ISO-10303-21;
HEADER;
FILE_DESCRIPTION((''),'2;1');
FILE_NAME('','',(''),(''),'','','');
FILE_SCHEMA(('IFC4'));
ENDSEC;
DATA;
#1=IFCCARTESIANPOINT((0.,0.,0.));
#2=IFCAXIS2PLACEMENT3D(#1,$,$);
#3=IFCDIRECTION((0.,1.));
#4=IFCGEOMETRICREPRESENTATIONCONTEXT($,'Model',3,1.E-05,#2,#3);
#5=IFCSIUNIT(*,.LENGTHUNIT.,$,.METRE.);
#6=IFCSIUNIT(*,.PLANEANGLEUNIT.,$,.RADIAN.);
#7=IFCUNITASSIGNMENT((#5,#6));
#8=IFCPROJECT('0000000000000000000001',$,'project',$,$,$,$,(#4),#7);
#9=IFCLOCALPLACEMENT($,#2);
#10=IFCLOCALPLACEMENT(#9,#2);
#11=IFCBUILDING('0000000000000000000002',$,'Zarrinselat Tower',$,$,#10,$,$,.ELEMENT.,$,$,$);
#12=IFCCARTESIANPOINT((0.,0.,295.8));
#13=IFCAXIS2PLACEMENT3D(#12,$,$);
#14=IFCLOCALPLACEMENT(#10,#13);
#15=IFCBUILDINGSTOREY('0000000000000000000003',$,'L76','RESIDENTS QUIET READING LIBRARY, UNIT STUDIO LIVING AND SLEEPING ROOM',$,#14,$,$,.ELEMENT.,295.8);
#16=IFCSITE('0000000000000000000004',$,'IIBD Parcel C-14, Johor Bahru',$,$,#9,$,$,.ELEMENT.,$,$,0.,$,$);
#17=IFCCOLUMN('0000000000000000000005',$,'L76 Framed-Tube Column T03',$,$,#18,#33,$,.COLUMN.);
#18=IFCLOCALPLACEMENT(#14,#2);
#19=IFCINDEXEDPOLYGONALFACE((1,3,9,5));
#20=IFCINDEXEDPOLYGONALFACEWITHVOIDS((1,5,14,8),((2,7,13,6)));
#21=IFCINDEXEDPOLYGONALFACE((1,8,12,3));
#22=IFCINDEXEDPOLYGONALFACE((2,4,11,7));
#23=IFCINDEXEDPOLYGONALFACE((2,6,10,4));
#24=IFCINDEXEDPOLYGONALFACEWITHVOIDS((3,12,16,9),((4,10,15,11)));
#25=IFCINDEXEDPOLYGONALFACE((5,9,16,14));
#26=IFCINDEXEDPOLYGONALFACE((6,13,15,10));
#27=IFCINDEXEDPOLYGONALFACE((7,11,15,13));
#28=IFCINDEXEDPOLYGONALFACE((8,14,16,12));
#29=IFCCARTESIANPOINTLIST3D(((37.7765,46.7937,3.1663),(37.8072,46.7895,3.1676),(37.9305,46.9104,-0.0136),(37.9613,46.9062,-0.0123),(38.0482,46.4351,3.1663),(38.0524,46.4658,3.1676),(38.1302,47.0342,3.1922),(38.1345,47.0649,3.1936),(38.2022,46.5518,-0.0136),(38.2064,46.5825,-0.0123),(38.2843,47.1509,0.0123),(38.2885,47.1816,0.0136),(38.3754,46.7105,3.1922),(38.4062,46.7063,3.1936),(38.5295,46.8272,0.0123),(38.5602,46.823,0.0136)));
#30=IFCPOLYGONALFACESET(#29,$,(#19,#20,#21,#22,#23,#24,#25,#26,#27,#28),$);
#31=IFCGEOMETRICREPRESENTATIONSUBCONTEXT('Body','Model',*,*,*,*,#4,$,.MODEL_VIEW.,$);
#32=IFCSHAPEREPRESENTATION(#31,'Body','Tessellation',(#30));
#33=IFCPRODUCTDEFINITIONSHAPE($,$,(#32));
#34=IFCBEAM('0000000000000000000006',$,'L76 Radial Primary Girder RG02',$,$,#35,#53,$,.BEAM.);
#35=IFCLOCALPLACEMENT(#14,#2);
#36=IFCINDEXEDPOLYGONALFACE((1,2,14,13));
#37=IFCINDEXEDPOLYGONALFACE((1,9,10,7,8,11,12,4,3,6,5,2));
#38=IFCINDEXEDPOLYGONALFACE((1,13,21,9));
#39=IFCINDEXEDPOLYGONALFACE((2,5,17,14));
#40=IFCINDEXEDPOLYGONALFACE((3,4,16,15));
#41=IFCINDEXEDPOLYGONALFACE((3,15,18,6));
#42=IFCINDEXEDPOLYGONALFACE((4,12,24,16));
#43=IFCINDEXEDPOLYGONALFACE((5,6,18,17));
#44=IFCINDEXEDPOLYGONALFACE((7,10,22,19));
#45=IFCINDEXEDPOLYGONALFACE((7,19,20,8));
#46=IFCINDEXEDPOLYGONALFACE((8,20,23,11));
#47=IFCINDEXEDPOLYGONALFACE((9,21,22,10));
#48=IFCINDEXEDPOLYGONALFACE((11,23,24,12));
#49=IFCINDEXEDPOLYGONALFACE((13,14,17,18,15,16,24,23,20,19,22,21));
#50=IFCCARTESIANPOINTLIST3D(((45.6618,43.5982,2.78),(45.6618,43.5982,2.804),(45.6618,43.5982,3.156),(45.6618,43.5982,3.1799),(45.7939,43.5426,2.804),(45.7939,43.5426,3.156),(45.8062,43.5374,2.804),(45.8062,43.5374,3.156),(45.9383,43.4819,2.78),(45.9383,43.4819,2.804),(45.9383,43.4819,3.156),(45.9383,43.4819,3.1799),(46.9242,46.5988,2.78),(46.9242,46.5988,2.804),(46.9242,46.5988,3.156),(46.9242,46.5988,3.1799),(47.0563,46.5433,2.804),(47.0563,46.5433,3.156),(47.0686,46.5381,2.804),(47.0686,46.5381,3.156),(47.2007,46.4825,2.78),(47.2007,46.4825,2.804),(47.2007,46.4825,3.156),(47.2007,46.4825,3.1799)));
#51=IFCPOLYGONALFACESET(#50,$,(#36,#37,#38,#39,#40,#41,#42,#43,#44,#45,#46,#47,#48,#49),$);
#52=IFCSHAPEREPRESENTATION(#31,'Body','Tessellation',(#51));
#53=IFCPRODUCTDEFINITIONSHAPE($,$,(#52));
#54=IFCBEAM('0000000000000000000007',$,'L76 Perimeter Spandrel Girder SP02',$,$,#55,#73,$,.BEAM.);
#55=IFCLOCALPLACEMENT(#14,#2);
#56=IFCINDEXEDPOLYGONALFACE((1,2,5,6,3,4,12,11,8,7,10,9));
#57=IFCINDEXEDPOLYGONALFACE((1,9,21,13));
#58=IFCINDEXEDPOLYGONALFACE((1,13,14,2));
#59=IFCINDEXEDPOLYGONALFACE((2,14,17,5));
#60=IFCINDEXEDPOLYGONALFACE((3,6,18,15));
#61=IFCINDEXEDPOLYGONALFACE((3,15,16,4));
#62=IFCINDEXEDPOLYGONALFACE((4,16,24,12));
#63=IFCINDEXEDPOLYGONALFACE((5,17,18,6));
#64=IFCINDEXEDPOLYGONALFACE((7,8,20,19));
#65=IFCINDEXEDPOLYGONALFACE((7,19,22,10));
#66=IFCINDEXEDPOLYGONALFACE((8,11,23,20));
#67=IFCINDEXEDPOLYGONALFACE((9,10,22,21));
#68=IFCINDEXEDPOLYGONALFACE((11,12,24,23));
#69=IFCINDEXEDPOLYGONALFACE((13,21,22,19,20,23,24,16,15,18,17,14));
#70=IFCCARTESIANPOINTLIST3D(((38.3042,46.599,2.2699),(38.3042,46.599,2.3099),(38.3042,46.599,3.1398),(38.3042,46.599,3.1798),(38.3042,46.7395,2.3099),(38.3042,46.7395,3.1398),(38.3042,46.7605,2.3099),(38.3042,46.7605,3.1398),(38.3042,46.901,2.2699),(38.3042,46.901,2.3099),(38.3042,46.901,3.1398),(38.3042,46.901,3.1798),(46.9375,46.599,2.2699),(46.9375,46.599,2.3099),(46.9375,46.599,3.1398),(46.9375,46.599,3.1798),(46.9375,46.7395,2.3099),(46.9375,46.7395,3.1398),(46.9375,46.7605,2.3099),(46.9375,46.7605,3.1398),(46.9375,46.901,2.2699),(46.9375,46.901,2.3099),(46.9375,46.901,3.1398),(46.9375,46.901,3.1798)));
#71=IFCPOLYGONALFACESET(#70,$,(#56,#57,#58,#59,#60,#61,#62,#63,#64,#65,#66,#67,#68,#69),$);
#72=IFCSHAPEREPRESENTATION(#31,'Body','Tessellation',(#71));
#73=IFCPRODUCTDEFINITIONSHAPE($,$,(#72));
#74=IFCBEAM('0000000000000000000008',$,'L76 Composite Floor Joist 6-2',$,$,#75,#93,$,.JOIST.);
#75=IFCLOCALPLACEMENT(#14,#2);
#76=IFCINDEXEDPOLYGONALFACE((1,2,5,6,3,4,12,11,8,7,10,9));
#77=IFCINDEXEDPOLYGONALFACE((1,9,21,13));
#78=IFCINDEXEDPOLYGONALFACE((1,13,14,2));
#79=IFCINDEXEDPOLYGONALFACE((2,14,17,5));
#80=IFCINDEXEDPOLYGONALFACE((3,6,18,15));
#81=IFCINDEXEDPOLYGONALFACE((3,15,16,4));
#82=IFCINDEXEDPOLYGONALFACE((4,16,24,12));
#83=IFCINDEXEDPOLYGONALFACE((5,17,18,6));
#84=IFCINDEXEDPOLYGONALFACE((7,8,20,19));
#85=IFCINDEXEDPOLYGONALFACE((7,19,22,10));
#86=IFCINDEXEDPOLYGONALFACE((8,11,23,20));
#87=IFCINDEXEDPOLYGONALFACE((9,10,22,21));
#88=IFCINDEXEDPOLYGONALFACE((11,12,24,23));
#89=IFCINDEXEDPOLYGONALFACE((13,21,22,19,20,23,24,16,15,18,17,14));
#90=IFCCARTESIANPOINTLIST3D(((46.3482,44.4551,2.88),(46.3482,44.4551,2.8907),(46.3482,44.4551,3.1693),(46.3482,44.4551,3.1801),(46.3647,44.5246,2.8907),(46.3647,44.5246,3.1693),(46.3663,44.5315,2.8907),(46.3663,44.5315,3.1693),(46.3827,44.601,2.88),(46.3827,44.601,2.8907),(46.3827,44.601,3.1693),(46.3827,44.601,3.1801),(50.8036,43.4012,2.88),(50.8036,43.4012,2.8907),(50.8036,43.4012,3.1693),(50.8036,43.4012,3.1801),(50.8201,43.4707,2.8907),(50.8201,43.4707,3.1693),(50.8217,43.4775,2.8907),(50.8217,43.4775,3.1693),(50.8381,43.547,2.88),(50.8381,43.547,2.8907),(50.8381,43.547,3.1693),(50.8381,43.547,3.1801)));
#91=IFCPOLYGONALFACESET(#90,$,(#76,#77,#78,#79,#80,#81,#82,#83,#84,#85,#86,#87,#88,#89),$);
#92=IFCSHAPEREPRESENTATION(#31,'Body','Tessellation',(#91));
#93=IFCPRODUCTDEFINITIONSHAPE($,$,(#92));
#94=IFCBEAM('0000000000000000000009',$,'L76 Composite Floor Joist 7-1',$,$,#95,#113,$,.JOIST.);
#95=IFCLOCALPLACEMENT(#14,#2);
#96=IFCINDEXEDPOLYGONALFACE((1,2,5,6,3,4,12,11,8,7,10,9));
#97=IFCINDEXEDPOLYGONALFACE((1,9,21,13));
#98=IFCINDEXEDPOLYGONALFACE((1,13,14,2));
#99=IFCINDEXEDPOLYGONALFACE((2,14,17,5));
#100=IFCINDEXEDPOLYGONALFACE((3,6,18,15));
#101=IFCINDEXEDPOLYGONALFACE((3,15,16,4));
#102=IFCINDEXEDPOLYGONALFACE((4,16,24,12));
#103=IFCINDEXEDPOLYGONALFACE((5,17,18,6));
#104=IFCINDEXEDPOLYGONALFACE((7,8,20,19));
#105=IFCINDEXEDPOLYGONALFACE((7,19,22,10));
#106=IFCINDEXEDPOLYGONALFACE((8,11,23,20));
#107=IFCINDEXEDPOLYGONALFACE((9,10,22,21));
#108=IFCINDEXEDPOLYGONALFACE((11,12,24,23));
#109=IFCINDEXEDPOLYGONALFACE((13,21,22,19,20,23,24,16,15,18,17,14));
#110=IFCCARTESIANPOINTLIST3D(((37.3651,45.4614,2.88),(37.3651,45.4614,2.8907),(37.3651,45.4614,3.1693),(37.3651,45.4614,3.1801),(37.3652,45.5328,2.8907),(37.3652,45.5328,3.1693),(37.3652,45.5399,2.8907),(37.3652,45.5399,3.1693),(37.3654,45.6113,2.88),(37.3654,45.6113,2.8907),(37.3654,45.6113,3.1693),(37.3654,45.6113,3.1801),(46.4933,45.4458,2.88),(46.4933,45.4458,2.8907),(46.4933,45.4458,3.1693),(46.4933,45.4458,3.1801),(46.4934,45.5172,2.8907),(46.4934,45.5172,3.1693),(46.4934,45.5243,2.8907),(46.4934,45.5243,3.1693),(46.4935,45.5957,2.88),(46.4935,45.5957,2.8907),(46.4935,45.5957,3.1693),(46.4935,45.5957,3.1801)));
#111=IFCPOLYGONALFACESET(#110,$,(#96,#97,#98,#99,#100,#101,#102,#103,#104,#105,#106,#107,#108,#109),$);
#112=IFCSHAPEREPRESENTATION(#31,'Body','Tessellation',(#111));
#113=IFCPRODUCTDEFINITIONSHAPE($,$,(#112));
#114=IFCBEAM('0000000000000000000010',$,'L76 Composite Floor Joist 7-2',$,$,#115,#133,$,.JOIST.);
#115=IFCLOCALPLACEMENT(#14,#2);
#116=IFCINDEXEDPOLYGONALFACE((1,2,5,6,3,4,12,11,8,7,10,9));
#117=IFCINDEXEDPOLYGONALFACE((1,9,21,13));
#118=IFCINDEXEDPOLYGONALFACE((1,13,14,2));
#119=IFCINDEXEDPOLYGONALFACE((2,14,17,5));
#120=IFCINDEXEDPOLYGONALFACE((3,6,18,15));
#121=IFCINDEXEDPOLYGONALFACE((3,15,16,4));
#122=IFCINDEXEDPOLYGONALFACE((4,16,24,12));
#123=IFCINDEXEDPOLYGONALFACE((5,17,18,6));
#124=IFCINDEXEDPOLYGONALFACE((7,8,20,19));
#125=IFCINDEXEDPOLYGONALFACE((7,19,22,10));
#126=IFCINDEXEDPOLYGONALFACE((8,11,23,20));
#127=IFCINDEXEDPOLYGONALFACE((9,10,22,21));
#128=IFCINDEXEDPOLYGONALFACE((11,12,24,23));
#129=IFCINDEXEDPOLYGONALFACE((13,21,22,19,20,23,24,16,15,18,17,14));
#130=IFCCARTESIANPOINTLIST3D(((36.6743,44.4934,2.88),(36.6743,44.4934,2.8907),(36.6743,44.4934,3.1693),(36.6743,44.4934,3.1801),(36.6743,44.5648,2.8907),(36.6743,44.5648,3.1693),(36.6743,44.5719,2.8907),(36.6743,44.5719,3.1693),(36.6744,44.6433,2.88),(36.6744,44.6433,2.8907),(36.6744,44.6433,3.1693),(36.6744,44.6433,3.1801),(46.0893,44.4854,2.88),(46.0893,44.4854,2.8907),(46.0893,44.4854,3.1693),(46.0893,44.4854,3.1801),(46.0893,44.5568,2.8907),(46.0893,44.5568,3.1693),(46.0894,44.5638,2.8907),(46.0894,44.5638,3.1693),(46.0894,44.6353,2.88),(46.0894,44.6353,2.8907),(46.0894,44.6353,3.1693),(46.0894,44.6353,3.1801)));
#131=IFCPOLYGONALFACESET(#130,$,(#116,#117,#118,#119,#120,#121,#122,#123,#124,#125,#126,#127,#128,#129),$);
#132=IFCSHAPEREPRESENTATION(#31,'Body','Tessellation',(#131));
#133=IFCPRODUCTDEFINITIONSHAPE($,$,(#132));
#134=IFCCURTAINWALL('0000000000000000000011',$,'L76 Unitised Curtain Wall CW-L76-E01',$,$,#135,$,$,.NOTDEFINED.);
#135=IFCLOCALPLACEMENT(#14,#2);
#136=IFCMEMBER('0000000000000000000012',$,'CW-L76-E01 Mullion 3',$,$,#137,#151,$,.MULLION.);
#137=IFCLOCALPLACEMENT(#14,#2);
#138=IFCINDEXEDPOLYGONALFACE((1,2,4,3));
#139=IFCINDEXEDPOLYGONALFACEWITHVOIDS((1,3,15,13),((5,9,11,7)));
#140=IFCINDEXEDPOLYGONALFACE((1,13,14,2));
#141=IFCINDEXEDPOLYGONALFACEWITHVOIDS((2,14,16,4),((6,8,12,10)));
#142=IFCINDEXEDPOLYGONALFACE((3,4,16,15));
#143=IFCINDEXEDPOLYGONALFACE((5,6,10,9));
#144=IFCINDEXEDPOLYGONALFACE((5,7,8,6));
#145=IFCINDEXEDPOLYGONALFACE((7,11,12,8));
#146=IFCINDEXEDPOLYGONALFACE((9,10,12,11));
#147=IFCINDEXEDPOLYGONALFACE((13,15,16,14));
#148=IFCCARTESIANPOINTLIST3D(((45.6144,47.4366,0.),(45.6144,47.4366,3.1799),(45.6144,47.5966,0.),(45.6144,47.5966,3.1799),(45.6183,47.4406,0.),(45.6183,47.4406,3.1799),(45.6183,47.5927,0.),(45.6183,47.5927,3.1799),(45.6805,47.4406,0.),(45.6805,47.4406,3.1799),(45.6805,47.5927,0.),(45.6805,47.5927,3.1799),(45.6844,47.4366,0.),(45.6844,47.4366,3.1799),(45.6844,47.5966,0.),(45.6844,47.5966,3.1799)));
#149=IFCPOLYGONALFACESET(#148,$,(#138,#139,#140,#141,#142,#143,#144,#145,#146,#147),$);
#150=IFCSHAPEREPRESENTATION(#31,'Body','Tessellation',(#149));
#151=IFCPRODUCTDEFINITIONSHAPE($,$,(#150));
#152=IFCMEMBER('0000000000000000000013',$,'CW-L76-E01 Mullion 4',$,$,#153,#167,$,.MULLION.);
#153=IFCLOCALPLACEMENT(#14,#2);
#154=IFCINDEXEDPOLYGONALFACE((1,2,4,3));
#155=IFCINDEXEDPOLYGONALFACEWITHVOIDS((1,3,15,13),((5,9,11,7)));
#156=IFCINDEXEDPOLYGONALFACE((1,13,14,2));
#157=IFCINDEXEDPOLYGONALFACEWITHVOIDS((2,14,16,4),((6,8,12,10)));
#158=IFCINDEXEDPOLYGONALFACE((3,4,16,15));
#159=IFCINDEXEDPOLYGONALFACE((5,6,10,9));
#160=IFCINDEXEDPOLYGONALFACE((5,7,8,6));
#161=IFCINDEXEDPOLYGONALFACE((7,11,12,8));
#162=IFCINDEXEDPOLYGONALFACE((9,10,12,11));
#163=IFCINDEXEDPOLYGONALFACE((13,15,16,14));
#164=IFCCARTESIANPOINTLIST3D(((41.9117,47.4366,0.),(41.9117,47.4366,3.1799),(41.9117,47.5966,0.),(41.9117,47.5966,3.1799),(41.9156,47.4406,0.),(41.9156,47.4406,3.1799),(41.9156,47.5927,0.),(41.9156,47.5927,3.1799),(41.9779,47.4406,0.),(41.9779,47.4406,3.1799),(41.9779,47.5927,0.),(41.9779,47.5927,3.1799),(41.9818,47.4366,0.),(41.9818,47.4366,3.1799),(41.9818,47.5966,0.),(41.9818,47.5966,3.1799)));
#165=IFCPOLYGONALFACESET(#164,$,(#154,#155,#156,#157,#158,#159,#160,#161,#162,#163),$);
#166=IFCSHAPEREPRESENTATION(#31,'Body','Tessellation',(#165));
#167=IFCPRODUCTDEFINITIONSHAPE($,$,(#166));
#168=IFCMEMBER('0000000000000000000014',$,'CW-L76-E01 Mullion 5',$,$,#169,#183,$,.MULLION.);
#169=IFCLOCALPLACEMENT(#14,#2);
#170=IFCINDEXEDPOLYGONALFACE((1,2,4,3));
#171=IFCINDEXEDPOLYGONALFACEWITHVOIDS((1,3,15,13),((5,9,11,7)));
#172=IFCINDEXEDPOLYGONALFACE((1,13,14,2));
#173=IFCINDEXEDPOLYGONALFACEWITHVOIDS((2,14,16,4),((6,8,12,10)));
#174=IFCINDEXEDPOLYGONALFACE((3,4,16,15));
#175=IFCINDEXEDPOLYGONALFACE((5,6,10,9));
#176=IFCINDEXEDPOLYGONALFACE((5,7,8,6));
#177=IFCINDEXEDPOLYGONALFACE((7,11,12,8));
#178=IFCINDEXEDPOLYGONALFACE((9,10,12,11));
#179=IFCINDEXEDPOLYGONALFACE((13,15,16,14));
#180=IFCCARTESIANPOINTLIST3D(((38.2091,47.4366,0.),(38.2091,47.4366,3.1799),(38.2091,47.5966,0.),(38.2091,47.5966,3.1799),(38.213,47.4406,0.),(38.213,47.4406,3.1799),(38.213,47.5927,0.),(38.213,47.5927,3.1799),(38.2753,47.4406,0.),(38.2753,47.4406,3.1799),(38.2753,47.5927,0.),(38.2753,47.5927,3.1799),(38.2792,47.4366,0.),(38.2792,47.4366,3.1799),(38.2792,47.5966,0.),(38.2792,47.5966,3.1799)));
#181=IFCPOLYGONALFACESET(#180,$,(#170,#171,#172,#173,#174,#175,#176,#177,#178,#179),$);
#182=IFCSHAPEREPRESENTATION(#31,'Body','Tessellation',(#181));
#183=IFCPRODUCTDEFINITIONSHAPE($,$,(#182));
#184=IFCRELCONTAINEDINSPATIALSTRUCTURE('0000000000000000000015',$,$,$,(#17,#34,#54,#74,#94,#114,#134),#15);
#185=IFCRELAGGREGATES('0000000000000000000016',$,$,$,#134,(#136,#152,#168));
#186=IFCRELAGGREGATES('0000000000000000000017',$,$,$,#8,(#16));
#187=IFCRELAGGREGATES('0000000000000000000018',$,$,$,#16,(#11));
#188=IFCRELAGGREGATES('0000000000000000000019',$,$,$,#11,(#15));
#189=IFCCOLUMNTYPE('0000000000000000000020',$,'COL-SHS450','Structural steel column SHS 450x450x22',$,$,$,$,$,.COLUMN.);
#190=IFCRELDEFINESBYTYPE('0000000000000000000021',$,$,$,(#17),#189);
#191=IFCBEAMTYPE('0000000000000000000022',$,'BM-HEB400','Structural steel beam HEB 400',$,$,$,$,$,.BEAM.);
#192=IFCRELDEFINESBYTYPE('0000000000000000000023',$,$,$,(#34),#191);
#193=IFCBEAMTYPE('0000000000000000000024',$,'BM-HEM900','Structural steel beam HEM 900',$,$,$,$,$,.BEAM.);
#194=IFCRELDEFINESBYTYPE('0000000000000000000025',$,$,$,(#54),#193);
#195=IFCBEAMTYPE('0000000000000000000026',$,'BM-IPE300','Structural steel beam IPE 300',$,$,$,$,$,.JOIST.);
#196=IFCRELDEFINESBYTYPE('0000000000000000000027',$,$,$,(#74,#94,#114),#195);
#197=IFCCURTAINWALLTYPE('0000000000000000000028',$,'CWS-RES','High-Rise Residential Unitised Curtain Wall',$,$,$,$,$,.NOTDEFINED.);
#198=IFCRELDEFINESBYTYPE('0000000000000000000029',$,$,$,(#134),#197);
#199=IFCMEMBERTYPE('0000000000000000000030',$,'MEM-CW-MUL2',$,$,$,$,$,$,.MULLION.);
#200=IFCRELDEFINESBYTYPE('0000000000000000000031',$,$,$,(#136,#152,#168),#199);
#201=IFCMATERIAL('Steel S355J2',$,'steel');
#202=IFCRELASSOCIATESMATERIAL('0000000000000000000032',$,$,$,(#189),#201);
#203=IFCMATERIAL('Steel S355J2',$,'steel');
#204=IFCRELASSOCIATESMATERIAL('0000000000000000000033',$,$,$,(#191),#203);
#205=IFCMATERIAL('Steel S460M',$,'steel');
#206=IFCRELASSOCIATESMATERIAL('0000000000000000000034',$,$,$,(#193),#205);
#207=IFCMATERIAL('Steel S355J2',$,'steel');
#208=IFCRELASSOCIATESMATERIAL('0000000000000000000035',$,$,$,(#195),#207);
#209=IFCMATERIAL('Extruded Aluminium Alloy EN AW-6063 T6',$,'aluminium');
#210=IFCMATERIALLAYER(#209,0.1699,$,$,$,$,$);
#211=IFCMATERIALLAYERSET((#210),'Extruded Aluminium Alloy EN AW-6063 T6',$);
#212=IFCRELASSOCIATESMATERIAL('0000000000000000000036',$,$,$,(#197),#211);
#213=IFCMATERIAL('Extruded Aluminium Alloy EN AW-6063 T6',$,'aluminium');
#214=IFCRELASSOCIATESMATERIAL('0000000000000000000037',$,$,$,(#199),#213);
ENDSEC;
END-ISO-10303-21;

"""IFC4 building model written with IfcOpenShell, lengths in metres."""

from ifc_helpers import new_model, si_unit, direction, frame, origin, origin_2d, place, context, subcontext, project, spatial, hollow_rectangle, i_section, extrude, material, layer, layer_set, material_profile, profile_set, type_object, element, aggregate, save


model = new_model("IFC4")

# Units and contexts
model_context = context("Model", 3, precision=1e-05, world=origin(), true_north=direction((0.0, 1.0)))
body_context = subcontext(model_context, "Body", "Model", "MODEL_VIEW")
ifc_project = project(units=[si_unit("LENGTHUNIT", "METRE"), si_unit("PLANEANGLEUNIT", "RADIAN")], contexts=[model_context])

# Site, building, storey
site_placement = place(None, origin())
site = spatial("IfcSite", under=ifc_project, at=site_placement, Name="IIBD Parcel C-14, Johor Bahru", CompositionType="ELEMENT", RefElevation=0.0)
building_placement = place(site_placement, origin())
building = spatial("IfcBuilding", under=site, at=building_placement, Name="Zarrinselat Tower", CompositionType="ELEMENT")
storey_placement = place(building_placement, frame((0.0, 0.0, 295.8)))
storey = spatial("IfcBuildingStorey", under=building, at=storey_placement, Name="L76", Description="RESIDENTS QUIET READING LIBRARY, UNIT STUDIO LIVING AND SLEEPING ROOM", CompositionType="ELEMENT", Elevation=295.8)

# Column
ifc_material_1 = material(Name="Steel S355J2", Category="steel")
ifc_material_profile_1 = material_profile(ifc_material_1, hollow_rectangle(XDim=0.45, YDim=0.45, WallThickness=0.022, at=origin_2d()), Name="SHS 450x450x22")
ifc_profile_set_1 = profile_set([ifc_material_profile_1], Name="Steel S355J2")
column_type = type_object("IfcColumnType", Name="COL-SHS450", Description="Structural steel column SHS 450x450x22", PredefinedType="COLUMN", material=ifc_profile_set_1)
column_placement = place(storey_placement, frame((38.2454, 46.8667, 0.0), z_axis=(-0.048356, -0.036631, 0.998158), x_axis=(0.603833, -0.797111, 0.0)))
element("IfcColumn", 1, at=column_placement, inside=storey, type_object=column_type, Name="L76 Framed-Tube Column T03", PredefinedType="COLUMN", context=body_context, shape_type="SweptSolid", body=[
    extrude(hollow_rectangle(XDim=0.45, YDim=0.45, WallThickness=0.022, at=origin_2d()), origin(), (0.0, 0.0, 1.0), 3.1858),
])

# Beams
ifc_material_2 = material(Name="Steel S355J2", Category="steel")
ifc_material_profile_2 = material_profile(ifc_material_2, i_section(OverallWidth=0.3, OverallDepth=0.3999, WebThickness=0.0134, FlangeThickness=0.0239, at=origin_2d()), Name="HEB 400")
ifc_profile_set_2 = profile_set([ifc_material_profile_2], Name="Steel S355J2")
beam_type_1 = type_object("IfcBeamType", Name="BM-HEB400", Description="Structural steel beam HEB 400", PredefinedType="BEAM", material=ifc_profile_set_2)
beam_1_placement = place(storey_placement, frame((45.8, 43.54, 2.98), z_axis=(0.387792, 0.921747, 0.0), x_axis=(-0.921747, 0.387792, 0.0)))
element("IfcBeam", 2, at=beam_1_placement, inside=storey, type_object=beam_type_1, Name="L76 Radial Primary Girder RG02", PredefinedType="BEAM", context=body_context, shape_type="SweptSolid", body=[
    extrude(i_section(OverallWidth=0.3, OverallDepth=0.3999, WebThickness=0.0134, FlangeThickness=0.0239, at=origin_2d()), origin(), (0.0, 0.0, 1.0), 3.2554),
])
ifc_material_3 = material(Name="Steel S460M", Category="steel")
ifc_material_profile_3 = material_profile(ifc_material_3, i_section(OverallWidth=0.302, OverallDepth=0.9099, WebThickness=0.021, FlangeThickness=0.04, at=origin_2d()), Name="HEM 900")
ifc_profile_set_3 = profile_set([ifc_material_profile_3], Name="Steel S460M")
beam_type_2 = type_object("IfcBeamType", Name="BM-HEM900", Description="Structural steel beam HEM 900", PredefinedType="BEAM", material=ifc_profile_set_3)
beam_2_placement = place(storey_placement, frame((38.3042, 46.75, 2.7249), z_axis=(1.0, 0.0, 0.0), x_axis=(0.0, 1.0, 0.0)))
element("IfcBeam", 3, at=beam_2_placement, inside=storey, type_object=beam_type_2, Name="L76 Perimeter Spandrel Girder SP02", PredefinedType="BEAM", context=body_context, shape_type="SweptSolid", body=[
    extrude(i_section(OverallWidth=0.302, OverallDepth=0.9099, WebThickness=0.021, FlangeThickness=0.04, at=origin_2d()), origin(), (0.0, 0.0, 1.0), 8.6333),
])
ifc_material_4 = material(Name="Steel S355J2", Category="steel")
ifc_material_profile_4 = material_profile(ifc_material_4, i_section(OverallWidth=0.1499, OverallDepth=0.3, WebThickness=0.0071, FlangeThickness=0.0107, at=origin_2d()), Name="IPE 300")
ifc_profile_set_4 = profile_set([ifc_material_profile_4], Name="Steel S355J2")
beam_type_3 = type_object("IfcBeamType", Name="BM-IPE300", Description="Structural steel beam IPE 300", PredefinedType="JOIST", material=ifc_profile_set_4)
beam_3_placement = place(storey_placement, frame((46.3655, 44.5281, 3.03), z_axis=(0.973142, -0.230207, 0.0), x_axis=(0.230207, 0.973142, 0.0)))
element("IfcBeam", 4, at=beam_3_placement, inside=storey, type_object=beam_type_3, Name="L76 Composite Floor Joist 6-2", PredefinedType="JOIST", context=body_context, shape_type="SweptSolid", body=[
    extrude(i_section(OverallWidth=0.1499, OverallDepth=0.3, WebThickness=0.0071, FlangeThickness=0.0107, at=origin_2d()), origin(), (0.0, 0.0, 1.0), 4.5784),
])
beam_4_placement = place(storey_placement, frame((37.3652, 45.5364, 3.03), z_axis=(0.999999, -0.001712, 0.0), x_axis=(0.001712, 0.999999, 0.0)))
element("IfcBeam", 5, at=beam_4_placement, inside=storey, type_object=beam_type_3, Name="L76 Composite Floor Joist 7-1", PredefinedType="JOIST", context=body_context, shape_type="SweptSolid", body=[
    extrude(i_section(OverallWidth=0.1499, OverallDepth=0.3, WebThickness=0.0071, FlangeThickness=0.0107, at=origin_2d()), origin(), (0.0, 0.0, 1.0), 9.1282),
])
beam_5_placement = place(storey_placement, frame((36.6743, 44.5684, 3.03), z_axis=(1.0, -0.000856, 0.0), x_axis=(0.000856, 1.0, 0.0)))
element("IfcBeam", 6, at=beam_5_placement, inside=storey, type_object=beam_type_3, Name="L76 Composite Floor Joist 7-2", PredefinedType="JOIST", context=body_context, shape_type="SweptSolid", body=[
    extrude(i_section(OverallWidth=0.1499, OverallDepth=0.3, WebThickness=0.0071, FlangeThickness=0.0107, at=origin_2d()), origin(), (0.0, 0.0, 1.0), 9.415),
])

# Curtain wall, members
ifc_material_5 = material(Name="Extruded Aluminium Alloy EN AW-6063 T6", Category="aluminium")
ifc_layer_1 = layer(ifc_material_5, 0.1699)
ifc_layer_set_1 = layer_set([ifc_layer_1], Name="Extruded Aluminium Alloy EN AW-6063 T6")
curtain_wall_type = type_object("IfcCurtainWallType", Name="CWS-RES", Description="High-Rise Residential Unitised Curtain Wall", PredefinedType="NOTDEFINED", material=ifc_layer_set_1)
curtain_wall_placement = place(storey_placement, origin())
curtain_wall = element("IfcCurtainWall", 7, at=curtain_wall_placement, inside=storey, type_object=curtain_wall_type, Name="L76 Unitised Curtain Wall CW-L76-E01", PredefinedType="NOTDEFINED")
ifc_material_6 = material(Name="Extruded Aluminium Alloy EN AW-6063 T6", Category="aluminium")
ifc_material_profile_5 = material_profile(ifc_material_6, hollow_rectangle(XDim=0.0701, YDim=0.1599, WallThickness=0.0039, at=origin_2d()), Name="RHS 160x70x4")
ifc_profile_set_5 = profile_set([ifc_material_profile_5], Name="Extruded Aluminium Alloy EN AW-6063 T6")
member_type_1 = type_object("IfcMemberType", Name="MEM-CW-MUL2", PredefinedType="MULLION", material=ifc_profile_set_5)
member_1_placement = place(storey_placement, frame((45.6494, 47.5166, 0.0), z_axis=(0.0, 0.0, 1.0), x_axis=(-1.0, 0.0, 0.0)))
member_1 = element("IfcMember", 8, at=member_1_placement, type_object=member_type_1, Name="CW-L76-E01 Mullion 3", PredefinedType="MULLION", context=body_context, shape_type="SweptSolid", body=[
    extrude(hollow_rectangle(XDim=0.0701, YDim=0.1599, WallThickness=0.0039, at=origin_2d()), origin(), (0.0, 0.0, 1.0), 3.1799),
])
member_2_placement = place(storey_placement, frame((41.9468, 47.5166, 0.0), z_axis=(0.0, 0.0, 1.0), x_axis=(-1.0, 0.0, 0.0)))
member_2 = element("IfcMember", 9, at=member_2_placement, type_object=member_type_1, Name="CW-L76-E01 Mullion 4", PredefinedType="MULLION", context=body_context, shape_type="SweptSolid", body=[
    extrude(hollow_rectangle(XDim=0.0701, YDim=0.1599, WallThickness=0.0039, at=origin_2d()), origin(), (0.0, 0.0, 1.0), 3.1799),
])
member_3_placement = place(storey_placement, frame((38.2441, 47.5166, 0.0), z_axis=(0.0, 0.0, 1.0), x_axis=(-1.0, 0.0, 0.0)))
member_3 = element("IfcMember", 10, at=member_3_placement, type_object=member_type_1, Name="CW-L76-E01 Mullion 5", PredefinedType="MULLION", context=body_context, shape_type="SweptSolid", body=[
    extrude(hollow_rectangle(XDim=0.0701, YDim=0.1599, WallThickness=0.0039, at=origin_2d()), origin(), (0.0, 0.0, 1.0), 3.1799),
])
aggregate(curtain_wall, [member_1, member_2, member_3])

save(model, "model.ifc")
